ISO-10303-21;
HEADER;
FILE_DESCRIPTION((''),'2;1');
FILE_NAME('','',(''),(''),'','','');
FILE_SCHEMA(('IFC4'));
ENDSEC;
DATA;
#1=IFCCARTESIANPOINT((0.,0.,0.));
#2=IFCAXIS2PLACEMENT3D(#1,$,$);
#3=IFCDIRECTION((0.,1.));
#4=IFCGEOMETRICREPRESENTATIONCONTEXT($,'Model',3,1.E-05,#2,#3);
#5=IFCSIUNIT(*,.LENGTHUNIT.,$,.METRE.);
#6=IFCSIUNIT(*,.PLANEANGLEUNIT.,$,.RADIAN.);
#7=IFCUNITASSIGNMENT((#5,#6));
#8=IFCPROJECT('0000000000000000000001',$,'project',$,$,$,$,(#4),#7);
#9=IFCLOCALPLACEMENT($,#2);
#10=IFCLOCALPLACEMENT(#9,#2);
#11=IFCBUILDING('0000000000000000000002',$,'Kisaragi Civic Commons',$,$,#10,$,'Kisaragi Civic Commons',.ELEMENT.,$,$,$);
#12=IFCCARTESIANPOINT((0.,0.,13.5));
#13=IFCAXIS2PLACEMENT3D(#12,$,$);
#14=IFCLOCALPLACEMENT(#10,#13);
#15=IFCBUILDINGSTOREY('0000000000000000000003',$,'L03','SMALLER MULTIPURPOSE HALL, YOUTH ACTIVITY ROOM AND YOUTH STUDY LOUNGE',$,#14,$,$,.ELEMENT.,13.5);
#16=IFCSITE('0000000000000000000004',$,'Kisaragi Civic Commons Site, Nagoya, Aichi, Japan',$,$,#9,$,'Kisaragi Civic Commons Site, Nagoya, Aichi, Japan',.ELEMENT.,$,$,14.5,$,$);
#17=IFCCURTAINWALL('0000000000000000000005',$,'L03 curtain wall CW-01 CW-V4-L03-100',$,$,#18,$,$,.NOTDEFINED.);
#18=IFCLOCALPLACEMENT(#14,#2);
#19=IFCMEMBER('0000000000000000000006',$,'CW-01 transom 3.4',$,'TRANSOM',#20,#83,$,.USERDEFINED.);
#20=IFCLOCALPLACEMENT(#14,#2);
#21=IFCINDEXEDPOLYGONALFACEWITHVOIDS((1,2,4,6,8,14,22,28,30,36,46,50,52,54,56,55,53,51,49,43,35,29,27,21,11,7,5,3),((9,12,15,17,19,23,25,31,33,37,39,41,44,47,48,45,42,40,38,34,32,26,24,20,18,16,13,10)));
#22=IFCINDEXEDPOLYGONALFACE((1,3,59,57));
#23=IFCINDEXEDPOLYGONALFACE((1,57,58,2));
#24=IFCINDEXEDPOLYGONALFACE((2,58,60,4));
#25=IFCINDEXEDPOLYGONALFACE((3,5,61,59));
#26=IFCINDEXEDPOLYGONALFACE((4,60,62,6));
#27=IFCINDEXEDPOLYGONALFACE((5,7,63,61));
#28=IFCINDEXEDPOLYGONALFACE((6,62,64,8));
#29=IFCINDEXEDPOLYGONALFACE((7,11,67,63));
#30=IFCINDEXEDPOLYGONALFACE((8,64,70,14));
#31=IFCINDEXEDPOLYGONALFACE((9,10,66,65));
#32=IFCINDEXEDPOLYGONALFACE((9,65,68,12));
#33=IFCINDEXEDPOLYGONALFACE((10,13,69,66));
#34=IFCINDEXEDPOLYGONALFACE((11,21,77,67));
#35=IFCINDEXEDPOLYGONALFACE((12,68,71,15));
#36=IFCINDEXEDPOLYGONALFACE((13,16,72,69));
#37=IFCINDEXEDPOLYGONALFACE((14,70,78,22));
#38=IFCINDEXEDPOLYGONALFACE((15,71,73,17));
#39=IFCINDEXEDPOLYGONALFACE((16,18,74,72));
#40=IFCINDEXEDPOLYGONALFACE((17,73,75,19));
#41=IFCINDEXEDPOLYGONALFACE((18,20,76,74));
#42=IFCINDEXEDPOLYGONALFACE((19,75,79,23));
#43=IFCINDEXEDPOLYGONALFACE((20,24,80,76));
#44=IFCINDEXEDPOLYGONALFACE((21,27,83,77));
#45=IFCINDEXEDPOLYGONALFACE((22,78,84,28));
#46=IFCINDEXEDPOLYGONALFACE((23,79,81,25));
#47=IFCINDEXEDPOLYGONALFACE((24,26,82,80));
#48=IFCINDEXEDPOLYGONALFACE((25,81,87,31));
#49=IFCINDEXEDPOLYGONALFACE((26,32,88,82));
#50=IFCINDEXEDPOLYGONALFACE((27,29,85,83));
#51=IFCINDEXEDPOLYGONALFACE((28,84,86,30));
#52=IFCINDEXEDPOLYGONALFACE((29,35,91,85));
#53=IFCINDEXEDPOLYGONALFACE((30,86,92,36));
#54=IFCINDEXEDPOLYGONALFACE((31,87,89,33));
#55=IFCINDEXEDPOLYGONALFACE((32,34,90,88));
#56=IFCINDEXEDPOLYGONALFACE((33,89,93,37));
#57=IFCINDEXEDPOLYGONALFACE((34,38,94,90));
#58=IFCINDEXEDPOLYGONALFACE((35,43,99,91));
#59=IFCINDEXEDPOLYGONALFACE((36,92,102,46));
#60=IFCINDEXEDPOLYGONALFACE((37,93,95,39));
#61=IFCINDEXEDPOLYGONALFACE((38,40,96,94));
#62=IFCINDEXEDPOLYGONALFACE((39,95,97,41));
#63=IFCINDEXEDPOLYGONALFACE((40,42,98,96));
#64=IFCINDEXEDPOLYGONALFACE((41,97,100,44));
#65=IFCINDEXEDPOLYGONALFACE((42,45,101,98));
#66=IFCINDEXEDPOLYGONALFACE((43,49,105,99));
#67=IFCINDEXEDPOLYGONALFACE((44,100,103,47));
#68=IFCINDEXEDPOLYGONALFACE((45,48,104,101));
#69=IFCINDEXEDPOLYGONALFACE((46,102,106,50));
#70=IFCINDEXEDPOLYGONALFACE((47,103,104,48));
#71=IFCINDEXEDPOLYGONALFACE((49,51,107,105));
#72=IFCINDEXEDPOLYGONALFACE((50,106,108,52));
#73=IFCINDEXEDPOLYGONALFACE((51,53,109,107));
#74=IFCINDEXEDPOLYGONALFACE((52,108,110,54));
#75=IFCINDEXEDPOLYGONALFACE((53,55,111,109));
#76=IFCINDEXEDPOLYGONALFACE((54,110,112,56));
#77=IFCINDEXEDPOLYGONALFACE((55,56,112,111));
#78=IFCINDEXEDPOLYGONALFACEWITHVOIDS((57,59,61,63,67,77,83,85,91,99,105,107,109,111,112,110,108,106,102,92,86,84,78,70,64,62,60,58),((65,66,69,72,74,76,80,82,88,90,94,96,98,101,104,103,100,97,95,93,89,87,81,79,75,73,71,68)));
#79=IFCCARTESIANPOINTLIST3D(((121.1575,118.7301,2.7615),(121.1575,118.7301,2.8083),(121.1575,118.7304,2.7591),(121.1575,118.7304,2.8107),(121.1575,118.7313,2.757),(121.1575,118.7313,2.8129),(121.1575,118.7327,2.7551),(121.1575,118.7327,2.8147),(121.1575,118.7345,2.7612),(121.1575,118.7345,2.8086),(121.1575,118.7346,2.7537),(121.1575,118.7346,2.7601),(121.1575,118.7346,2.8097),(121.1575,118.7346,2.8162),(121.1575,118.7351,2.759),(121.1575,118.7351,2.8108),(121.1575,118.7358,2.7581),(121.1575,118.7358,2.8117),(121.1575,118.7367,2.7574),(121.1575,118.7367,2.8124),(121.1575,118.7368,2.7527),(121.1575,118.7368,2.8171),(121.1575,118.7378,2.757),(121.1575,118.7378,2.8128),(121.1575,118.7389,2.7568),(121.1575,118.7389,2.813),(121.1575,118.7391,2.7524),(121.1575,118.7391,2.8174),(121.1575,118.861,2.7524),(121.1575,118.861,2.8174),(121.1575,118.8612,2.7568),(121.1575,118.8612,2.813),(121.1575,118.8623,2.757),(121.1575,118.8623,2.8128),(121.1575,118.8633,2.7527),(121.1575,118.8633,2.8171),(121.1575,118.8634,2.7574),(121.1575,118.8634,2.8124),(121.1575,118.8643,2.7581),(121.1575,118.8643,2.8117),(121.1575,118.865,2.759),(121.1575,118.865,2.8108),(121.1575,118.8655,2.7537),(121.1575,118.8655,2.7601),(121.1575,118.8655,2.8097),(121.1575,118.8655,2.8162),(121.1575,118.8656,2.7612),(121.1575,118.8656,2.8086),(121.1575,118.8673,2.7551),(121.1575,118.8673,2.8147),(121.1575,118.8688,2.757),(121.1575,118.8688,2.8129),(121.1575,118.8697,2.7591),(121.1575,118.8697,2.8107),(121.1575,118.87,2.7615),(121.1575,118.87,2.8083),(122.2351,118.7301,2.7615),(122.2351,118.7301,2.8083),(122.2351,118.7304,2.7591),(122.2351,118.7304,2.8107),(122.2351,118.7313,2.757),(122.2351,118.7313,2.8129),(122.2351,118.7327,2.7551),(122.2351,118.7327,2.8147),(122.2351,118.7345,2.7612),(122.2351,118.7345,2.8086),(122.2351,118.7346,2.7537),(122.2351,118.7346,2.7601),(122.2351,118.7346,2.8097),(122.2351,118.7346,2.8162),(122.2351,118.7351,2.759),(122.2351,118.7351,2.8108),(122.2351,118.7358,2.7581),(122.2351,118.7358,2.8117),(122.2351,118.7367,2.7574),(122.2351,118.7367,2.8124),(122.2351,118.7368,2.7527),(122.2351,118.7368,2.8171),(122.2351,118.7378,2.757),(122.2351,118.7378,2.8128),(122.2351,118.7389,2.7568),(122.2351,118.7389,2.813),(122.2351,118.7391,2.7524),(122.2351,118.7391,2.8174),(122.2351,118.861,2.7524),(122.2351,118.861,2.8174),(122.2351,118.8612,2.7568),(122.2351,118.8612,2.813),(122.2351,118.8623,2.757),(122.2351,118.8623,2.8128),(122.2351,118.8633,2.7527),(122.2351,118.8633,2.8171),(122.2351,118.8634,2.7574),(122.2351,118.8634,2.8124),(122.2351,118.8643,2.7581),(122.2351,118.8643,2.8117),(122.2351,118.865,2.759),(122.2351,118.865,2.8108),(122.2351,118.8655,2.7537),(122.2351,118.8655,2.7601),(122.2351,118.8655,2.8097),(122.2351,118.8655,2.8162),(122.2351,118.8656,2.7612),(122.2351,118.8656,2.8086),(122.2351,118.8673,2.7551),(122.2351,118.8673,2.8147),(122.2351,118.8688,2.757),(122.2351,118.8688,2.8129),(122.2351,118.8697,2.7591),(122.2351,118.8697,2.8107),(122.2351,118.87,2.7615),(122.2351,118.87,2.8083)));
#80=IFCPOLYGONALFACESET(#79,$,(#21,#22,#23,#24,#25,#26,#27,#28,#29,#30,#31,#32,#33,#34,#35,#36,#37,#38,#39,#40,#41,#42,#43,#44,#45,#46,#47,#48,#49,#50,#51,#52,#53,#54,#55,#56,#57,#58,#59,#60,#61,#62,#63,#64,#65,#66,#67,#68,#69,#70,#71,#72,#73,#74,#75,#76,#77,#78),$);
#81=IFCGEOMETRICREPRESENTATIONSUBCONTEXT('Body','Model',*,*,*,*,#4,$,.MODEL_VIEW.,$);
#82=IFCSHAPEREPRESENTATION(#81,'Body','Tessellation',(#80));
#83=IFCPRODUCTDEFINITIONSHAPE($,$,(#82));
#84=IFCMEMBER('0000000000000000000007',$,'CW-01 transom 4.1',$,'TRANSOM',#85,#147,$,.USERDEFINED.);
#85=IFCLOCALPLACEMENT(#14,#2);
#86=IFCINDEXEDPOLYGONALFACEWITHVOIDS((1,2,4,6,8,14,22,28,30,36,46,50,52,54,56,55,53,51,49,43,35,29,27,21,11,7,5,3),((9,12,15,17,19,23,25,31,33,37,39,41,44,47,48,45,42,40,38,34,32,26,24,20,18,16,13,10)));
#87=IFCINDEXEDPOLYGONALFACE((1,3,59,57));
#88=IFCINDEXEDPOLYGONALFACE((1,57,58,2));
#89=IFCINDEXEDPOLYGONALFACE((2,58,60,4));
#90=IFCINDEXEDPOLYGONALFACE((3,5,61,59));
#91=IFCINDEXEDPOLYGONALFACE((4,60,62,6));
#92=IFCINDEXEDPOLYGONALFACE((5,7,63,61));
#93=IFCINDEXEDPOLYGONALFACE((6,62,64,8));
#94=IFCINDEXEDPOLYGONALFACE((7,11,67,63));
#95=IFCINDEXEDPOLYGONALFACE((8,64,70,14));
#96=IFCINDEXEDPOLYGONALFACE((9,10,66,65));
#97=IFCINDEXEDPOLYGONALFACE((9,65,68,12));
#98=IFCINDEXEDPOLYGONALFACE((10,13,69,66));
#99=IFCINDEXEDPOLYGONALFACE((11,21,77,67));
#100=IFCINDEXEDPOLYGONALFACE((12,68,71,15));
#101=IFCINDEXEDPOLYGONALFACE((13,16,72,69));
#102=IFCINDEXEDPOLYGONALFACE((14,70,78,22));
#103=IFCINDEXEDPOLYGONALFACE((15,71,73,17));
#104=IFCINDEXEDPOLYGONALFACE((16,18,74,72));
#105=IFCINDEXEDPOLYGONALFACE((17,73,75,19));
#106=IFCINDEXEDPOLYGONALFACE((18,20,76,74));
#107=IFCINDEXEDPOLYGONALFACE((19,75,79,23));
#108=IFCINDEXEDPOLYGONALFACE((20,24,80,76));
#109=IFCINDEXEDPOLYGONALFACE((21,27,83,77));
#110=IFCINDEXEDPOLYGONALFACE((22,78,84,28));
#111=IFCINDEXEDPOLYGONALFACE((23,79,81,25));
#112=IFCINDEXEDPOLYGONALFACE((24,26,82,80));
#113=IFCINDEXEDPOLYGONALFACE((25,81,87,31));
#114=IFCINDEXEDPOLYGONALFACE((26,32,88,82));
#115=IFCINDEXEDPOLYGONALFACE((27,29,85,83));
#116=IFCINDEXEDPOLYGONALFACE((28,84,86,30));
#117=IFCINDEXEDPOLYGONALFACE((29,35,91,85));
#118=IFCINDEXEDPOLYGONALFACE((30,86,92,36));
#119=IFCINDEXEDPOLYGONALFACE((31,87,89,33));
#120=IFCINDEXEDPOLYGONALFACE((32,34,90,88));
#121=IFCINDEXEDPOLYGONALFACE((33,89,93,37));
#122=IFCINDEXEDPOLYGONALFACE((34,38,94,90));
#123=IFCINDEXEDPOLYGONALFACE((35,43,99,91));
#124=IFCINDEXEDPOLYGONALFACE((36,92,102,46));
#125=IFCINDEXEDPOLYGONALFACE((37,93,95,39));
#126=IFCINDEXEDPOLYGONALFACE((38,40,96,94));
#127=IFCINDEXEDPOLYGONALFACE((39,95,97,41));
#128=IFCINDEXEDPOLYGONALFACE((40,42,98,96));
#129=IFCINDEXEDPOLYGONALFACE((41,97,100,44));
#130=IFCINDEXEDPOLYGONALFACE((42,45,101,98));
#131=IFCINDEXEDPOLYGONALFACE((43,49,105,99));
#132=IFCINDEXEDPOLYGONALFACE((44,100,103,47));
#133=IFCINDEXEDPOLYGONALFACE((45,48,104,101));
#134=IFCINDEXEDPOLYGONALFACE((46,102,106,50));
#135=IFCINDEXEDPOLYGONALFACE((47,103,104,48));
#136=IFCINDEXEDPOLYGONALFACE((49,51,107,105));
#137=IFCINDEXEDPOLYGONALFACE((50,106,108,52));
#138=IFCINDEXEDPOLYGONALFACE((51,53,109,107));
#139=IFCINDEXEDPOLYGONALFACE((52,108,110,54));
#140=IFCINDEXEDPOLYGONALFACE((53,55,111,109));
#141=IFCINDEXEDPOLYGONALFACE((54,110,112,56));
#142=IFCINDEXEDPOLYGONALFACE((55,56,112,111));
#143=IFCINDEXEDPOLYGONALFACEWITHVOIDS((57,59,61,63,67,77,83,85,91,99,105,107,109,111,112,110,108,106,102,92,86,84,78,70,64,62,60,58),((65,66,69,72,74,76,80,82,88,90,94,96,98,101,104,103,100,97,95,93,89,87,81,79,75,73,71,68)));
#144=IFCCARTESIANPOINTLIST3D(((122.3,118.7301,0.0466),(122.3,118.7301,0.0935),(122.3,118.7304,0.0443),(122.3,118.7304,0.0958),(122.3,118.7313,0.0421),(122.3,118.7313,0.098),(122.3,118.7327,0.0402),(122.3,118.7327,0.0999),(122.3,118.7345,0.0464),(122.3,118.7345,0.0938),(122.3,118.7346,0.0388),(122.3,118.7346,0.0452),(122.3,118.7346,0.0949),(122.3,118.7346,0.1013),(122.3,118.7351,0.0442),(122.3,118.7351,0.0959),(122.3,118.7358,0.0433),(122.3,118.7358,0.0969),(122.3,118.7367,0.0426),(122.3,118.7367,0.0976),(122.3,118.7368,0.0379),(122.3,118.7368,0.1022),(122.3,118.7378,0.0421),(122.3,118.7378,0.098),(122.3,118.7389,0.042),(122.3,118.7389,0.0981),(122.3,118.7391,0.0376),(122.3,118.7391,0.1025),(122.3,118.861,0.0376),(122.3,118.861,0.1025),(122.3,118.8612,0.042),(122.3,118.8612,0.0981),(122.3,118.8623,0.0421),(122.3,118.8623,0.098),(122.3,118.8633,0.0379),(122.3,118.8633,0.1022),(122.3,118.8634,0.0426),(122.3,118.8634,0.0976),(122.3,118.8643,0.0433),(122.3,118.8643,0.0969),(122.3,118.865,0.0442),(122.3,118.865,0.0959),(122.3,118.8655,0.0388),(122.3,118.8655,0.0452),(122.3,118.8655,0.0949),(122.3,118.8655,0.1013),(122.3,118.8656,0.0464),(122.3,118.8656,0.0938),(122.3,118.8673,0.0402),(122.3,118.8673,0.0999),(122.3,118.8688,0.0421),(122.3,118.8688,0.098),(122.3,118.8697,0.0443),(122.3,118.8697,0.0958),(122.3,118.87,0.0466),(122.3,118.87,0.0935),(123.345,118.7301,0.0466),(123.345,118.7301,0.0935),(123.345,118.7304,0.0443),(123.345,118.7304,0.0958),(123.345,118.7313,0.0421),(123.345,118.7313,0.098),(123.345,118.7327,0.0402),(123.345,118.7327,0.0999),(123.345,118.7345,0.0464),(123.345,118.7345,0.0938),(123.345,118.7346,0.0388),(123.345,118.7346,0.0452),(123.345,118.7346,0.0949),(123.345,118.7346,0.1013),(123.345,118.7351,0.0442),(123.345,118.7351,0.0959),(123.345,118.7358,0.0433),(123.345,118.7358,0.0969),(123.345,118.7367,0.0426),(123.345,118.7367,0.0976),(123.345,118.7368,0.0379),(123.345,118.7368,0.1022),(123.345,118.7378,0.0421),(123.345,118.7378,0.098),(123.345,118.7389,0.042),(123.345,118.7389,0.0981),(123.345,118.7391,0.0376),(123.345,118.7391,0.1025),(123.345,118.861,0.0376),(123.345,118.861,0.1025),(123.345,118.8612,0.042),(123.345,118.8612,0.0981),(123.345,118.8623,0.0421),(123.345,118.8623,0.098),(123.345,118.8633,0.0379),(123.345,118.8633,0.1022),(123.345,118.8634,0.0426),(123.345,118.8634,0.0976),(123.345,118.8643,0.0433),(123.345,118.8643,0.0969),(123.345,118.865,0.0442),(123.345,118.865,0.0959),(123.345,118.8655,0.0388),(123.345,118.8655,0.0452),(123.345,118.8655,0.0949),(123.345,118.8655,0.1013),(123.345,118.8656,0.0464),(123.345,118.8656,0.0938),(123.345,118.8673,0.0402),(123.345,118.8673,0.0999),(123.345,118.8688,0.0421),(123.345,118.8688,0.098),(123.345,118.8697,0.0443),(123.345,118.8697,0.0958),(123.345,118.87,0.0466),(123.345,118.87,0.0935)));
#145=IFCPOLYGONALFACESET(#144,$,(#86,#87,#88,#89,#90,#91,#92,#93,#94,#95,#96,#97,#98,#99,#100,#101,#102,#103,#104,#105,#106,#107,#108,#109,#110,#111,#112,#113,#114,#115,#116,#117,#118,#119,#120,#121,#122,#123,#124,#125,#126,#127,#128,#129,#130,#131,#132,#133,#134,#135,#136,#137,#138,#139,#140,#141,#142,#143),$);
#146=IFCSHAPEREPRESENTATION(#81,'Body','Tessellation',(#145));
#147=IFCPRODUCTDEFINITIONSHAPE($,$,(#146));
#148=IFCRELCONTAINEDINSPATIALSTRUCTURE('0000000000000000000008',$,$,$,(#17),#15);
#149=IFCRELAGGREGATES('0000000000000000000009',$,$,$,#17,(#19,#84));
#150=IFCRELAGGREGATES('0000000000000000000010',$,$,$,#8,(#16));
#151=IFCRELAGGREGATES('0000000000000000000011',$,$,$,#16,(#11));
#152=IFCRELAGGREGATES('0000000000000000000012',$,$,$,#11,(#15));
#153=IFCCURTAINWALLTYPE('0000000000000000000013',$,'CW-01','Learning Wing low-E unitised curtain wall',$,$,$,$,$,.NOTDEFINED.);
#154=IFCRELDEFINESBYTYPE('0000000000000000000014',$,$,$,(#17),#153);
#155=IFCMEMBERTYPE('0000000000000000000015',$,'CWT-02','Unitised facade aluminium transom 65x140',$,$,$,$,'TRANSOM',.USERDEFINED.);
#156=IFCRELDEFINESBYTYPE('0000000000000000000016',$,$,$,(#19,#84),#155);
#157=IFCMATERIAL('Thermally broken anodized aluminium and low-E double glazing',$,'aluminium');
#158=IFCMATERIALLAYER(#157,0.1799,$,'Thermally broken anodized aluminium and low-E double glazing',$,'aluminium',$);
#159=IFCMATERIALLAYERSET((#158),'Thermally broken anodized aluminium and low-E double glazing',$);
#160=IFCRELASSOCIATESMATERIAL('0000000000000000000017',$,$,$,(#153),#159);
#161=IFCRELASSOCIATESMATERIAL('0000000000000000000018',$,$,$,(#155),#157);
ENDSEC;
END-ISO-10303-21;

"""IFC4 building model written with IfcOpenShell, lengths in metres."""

from ifc_helpers import new_model, si_unit, direction, frame, origin, origin_2d, place, context, subcontext, project, spatial, hollow_rectangle, extrude, material, layer, layer_set, material_profile, profile_set, type_object, element, aggregate, save


model = new_model("IFC4")

# Units and contexts
model_context = context("Model", 3, precision=1e-05, world=origin(), true_north=direction((0.0, 1.0)))
body_context = subcontext(model_context, "Body", "Model", "MODEL_VIEW")
ifc_project = project(units=[si_unit("LENGTHUNIT", "METRE"), si_unit("PLANEANGLEUNIT", "RADIAN")], contexts=[model_context])

# Site, building, storey
site_placement = place(None, origin())
site = spatial("IfcSite", under=ifc_project, at=site_placement, Name="Kisaragi Civic Commons Site, Nagoya, Aichi, Japan", LongName="Kisaragi Civic Commons Site, Nagoya, Aichi, Japan", CompositionType="ELEMENT", RefElevation=14.5)
building_placement = place(site_placement, origin())
building = spatial("IfcBuilding", under=site, at=building_placement, Name="Kisaragi Civic Commons", LongName="Kisaragi Civic Commons", CompositionType="ELEMENT")
storey_placement = place(building_placement, frame((0.0, 0.0, 13.5)))
storey = spatial("IfcBuildingStorey", under=building, at=storey_placement, Name="L03", Description="SMALLER MULTIPURPOSE HALL, YOUTH ACTIVITY ROOM AND YOUTH STUDY LOUNGE", CompositionType="ELEMENT", Elevation=13.5)

# Curtain wall, members
ifc_material = material(Name="Thermally broken anodized aluminium and low-E double glazing", Category="aluminium")
ifc_layer_1 = layer(ifc_material, 0.1799, Name="Thermally broken anodized aluminium and low-E double glazing", Category="aluminium")
ifc_layer_set_1 = layer_set([ifc_layer_1], Name="Thermally broken anodized aluminium and low-E double glazing")
curtain_wall_type = type_object("IfcCurtainWallType", Name="CW-01", Description="Learning Wing low-E unitised curtain wall", PredefinedType="NOTDEFINED", material=ifc_layer_set_1)
curtain_wall_placement = place(storey_placement, origin())
curtain_wall = element("IfcCurtainWall", 1, at=curtain_wall_placement, inside=storey, type_object=curtain_wall_type, Name="L03 curtain wall CW-01 CW-V4-L03-100", PredefinedType="NOTDEFINED")
ifc_material_profile_1 = material_profile(ifc_material, hollow_rectangle(XDim=0.1399, YDim=0.0649, WallThickness=0.0044, InnerFilletRadius=0.0044, OuterFilletRadius=0.009, at=origin_2d()), Name="CWT-65x140x4.5", Category="aluminium")
ifc_profile_set_1 = profile_set([ifc_material_profile_1], Name="Thermally broken anodized aluminium and low-E double glazing")
member_type_1 = type_object("IfcMemberType", Name="CWT-02", Description="Unitised facade aluminium transom 65x140", ElementType="TRANSOM", PredefinedType="USERDEFINED", material=ifc_profile_set_1)
member_1_placement = place(storey_placement, frame((121.1575, 118.8, 2.7849), z_axis=(1.0, 0.0, 0.0), x_axis=(0.0, 1.0, 0.0)))
member_1 = element("IfcMember", 2, at=member_1_placement, type_object=member_type_1, Name="CW-01 transom 3.4", ObjectType="TRANSOM", PredefinedType="USERDEFINED", context=body_context, shape_type="SweptSolid", body=[
    extrude(hollow_rectangle(XDim=0.1399, YDim=0.0649, WallThickness=0.0044, InnerFilletRadius=0.0044, OuterFilletRadius=0.009, at=origin_2d()), origin(), (0.0, 0.0, 1.0), 1.0776),
])
member_2_placement = place(storey_placement, frame((122.3, 118.8, 0.0701), z_axis=(1.0, 0.0, 0.0), x_axis=(0.0, 1.0, 0.0)))
member_2 = element("IfcMember", 3, at=member_2_placement, type_object=member_type_1, Name="CW-01 transom 4.1", ObjectType="TRANSOM", PredefinedType="USERDEFINED", context=body_context, shape_type="SweptSolid", body=[
    extrude(hollow_rectangle(XDim=0.1399, YDim=0.0649, WallThickness=0.0044, InnerFilletRadius=0.0044, OuterFilletRadius=0.009, at=origin_2d()), origin(), (0.0, 0.0, 1.0), 1.0449),
])
aggregate(curtain_wall, [member_1, member_2])

save(model, "model.ifc")
